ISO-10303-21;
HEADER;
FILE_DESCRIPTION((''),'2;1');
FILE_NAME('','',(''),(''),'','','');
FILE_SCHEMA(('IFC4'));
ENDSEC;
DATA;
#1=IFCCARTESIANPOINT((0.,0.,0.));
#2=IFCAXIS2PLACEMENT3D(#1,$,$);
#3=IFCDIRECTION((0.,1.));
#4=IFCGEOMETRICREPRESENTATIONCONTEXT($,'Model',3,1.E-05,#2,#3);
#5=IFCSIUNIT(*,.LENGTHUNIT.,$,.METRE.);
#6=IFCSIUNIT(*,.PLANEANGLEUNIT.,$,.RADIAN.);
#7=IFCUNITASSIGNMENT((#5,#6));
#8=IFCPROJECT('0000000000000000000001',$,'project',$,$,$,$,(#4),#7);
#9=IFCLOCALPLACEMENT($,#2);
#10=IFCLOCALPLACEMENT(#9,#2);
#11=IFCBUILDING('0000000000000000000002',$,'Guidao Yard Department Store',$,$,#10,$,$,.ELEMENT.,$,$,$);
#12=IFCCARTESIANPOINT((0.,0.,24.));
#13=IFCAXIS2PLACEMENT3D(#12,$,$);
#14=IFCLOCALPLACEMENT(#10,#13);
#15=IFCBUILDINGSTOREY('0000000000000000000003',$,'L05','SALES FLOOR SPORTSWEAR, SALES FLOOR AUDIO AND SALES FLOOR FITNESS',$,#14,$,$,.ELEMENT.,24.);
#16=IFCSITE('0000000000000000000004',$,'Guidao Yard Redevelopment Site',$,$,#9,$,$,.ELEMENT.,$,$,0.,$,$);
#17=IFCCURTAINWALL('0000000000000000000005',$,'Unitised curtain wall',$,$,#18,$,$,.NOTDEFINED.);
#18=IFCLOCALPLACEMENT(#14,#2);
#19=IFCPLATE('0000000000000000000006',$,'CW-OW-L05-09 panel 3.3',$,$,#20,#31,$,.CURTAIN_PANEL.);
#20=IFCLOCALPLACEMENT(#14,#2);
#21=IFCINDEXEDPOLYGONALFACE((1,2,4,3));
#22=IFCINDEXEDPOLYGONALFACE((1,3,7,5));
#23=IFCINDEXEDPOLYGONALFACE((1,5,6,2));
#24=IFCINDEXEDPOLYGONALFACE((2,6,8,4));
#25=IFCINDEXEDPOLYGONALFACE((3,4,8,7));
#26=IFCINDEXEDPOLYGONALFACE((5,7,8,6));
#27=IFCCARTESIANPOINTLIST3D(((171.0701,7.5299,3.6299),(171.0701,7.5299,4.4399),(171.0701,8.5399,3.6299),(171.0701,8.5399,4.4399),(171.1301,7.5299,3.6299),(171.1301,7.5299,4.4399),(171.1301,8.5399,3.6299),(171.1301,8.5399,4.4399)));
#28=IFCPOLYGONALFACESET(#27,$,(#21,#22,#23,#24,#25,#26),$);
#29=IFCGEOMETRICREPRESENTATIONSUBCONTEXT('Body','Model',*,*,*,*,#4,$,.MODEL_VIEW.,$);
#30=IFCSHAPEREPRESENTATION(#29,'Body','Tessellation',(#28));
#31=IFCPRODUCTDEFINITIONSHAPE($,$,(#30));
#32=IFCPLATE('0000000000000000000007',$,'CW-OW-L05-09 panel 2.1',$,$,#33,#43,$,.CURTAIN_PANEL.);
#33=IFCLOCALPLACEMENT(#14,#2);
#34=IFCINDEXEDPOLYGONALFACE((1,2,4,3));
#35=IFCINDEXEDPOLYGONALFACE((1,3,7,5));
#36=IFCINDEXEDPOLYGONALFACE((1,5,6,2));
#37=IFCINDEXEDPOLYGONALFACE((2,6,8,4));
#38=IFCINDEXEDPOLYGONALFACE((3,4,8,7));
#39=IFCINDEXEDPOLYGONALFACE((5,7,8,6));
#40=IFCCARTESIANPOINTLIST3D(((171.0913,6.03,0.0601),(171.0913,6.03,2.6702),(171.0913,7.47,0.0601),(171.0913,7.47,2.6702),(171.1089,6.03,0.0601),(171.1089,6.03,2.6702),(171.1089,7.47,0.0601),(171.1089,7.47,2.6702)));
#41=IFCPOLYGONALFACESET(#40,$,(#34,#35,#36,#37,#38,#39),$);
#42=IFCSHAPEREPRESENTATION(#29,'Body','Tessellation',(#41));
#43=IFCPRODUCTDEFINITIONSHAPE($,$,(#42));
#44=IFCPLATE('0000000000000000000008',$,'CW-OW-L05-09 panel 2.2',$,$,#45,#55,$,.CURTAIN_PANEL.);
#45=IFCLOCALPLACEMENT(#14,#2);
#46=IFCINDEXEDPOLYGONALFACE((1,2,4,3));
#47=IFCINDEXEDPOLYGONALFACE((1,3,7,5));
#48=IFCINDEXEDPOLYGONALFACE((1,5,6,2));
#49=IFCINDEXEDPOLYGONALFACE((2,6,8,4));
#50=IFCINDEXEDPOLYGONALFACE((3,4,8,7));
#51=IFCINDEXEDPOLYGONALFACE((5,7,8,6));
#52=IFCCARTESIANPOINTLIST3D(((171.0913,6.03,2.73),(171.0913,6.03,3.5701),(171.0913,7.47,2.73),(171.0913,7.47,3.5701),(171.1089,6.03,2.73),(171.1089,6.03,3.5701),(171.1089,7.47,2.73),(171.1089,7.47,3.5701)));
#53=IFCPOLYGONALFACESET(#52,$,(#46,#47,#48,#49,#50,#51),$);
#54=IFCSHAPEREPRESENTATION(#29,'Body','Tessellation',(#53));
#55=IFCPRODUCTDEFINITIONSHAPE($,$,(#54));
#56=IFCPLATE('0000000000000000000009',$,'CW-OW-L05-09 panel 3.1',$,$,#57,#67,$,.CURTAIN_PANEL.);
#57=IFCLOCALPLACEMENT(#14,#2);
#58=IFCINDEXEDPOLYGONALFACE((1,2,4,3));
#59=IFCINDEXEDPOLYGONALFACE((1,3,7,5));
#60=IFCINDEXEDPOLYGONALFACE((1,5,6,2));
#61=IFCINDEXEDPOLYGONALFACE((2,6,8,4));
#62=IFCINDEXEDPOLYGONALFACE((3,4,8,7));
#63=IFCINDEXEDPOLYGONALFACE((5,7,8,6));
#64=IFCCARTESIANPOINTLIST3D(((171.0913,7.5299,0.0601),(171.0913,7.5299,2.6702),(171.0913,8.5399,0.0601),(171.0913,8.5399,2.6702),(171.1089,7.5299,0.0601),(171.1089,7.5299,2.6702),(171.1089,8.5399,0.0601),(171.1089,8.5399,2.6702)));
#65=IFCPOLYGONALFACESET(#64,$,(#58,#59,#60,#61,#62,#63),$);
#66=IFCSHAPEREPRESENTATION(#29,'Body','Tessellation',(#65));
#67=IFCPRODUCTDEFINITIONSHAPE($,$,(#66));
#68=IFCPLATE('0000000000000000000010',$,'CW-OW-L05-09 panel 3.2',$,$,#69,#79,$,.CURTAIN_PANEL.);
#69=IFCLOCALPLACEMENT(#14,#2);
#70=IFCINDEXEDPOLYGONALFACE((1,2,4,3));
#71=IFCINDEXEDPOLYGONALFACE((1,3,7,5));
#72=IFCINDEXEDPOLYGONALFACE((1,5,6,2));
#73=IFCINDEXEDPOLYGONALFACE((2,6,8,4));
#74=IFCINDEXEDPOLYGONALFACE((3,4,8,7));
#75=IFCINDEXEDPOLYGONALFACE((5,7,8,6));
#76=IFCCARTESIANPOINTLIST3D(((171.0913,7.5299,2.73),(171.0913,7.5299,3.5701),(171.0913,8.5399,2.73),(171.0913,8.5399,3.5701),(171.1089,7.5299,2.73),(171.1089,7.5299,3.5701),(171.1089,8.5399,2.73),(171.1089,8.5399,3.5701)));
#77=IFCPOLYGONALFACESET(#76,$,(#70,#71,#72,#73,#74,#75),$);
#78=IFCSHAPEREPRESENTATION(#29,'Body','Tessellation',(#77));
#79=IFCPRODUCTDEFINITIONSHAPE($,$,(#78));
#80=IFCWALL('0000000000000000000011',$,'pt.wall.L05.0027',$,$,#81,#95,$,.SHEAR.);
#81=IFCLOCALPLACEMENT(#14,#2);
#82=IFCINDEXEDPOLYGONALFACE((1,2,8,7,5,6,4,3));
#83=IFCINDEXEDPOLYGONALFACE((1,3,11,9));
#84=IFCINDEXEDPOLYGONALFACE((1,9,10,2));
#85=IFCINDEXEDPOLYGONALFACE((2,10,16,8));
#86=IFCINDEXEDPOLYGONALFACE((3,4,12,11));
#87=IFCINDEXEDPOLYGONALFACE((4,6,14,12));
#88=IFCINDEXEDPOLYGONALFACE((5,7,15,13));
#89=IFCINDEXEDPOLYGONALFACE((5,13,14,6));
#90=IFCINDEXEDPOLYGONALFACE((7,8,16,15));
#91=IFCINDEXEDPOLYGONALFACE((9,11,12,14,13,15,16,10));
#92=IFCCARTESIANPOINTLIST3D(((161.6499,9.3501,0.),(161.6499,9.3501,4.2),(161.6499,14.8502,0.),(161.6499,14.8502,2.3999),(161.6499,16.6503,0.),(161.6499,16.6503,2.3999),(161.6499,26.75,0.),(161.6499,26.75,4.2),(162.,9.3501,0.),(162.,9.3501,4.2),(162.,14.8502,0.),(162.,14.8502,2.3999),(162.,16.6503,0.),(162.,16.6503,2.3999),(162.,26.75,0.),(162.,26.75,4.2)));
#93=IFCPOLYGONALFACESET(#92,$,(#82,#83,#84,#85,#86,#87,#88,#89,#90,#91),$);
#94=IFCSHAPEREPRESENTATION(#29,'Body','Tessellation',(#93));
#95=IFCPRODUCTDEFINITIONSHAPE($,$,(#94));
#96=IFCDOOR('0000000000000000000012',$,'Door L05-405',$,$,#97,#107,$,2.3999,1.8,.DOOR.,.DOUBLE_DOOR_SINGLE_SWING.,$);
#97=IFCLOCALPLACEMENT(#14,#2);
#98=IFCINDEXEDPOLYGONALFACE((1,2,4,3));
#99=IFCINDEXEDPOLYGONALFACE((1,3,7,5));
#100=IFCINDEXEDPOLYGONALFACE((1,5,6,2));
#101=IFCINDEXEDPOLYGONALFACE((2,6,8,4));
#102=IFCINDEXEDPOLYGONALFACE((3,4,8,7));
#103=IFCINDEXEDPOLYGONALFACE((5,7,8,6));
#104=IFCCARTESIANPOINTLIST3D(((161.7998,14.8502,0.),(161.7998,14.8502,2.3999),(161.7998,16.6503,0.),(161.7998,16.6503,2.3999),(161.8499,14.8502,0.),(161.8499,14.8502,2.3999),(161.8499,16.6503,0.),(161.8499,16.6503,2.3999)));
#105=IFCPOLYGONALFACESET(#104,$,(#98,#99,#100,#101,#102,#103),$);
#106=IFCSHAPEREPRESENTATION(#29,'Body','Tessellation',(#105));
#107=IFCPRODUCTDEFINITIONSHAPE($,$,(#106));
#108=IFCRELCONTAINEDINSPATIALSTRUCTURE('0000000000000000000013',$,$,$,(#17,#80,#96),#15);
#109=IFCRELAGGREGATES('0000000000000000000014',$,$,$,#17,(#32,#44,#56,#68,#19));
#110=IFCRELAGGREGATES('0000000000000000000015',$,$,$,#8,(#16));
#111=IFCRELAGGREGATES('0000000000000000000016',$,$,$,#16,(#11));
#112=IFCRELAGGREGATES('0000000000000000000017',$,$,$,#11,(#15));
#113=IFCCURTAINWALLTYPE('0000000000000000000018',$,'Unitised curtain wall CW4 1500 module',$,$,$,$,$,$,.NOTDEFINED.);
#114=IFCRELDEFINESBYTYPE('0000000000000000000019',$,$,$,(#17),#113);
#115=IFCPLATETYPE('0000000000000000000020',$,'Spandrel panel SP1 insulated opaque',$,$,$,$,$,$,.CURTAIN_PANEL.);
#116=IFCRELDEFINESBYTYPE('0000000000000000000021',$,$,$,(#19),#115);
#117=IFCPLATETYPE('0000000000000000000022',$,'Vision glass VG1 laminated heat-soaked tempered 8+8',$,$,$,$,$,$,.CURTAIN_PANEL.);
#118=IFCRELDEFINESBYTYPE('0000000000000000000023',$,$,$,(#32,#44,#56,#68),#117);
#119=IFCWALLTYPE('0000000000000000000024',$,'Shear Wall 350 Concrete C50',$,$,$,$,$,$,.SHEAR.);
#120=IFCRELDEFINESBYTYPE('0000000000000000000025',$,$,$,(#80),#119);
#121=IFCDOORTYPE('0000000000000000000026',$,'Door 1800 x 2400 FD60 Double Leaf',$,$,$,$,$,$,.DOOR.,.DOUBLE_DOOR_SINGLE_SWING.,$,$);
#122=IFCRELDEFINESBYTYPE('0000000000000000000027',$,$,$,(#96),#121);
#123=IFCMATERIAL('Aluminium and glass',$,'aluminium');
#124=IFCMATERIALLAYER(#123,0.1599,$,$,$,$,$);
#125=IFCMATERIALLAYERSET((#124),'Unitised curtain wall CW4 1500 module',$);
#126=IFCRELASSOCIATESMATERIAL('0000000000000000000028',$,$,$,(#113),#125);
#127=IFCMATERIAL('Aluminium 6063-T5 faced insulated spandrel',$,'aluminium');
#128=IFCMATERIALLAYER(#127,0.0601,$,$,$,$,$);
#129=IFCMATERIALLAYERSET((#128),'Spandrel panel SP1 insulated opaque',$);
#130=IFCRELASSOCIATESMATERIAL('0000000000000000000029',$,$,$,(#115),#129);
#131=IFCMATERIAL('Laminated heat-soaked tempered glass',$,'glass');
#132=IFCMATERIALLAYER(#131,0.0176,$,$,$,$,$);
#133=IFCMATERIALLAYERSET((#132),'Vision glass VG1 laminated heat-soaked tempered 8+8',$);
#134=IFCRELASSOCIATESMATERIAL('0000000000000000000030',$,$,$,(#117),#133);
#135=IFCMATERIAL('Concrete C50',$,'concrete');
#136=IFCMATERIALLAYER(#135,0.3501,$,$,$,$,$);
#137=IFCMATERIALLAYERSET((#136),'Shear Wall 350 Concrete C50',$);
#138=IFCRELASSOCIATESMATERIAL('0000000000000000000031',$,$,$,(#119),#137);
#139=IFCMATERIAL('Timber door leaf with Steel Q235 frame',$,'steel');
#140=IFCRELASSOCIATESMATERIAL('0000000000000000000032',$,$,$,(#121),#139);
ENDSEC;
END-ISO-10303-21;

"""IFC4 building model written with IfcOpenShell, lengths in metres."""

from ifc_helpers import new_model, si_unit, direction, frame, frame_2d, origin, origin_2d, place, context, subcontext, project, spatial, rectangle, extrude, material, layer, layer_set, type_object, element, fill, aggregate, save


model = new_model("IFC4")

# Units and contexts
model_context = context("Model", 3, precision=1e-05, world=origin(), true_north=direction((0.0, 1.0)))
body_context = subcontext(model_context, "Body", "Model", "MODEL_VIEW")
ifc_project = project(units=[si_unit("LENGTHUNIT", "METRE"), si_unit("PLANEANGLEUNIT", "RADIAN")], contexts=[model_context])

# Site, building, storey
site_placement = place(None, origin())
site = spatial("IfcSite", under=ifc_project, at=site_placement, Name="Guidao Yard Redevelopment Site", CompositionType="ELEMENT", RefElevation=0.0)
building_placement = place(site_placement, origin())
building = spatial("IfcBuilding", under=site, at=building_placement, Name="Guidao Yard Department Store", CompositionType="ELEMENT")
storey_placement = place(building_placement, frame((0.0, 0.0, 24.0)))
storey = spatial("IfcBuildingStorey", under=building, at=storey_placement, Name="L05", Description="SALES FLOOR SPORTSWEAR, SALES FLOOR AUDIO AND SALES FLOOR FITNESS", CompositionType="ELEMENT", Elevation=24.0)

# Curtain wall
ifc_material_1 = material(Name="Aluminium and glass", Category="aluminium")
ifc_layer_1 = layer(ifc_material_1, 0.1599)
ifc_layer_set_1 = layer_set([ifc_layer_1], Name="Unitised curtain wall CW4 1500 module")
curtain_wall_type = type_object("IfcCurtainWallType", Name="Unitised curtain wall CW4 1500 module", PredefinedType="NOTDEFINED", material=ifc_layer_set_1)
curtain_wall_placement = place(storey_placement, origin())
curtain_wall = element("IfcCurtainWall", 1, at=curtain_wall_placement, inside=storey, type_object=curtain_wall_type, Name="Unitised curtain wall", PredefinedType="NOTDEFINED")

# Plates
ifc_material_2 = material(Name="Aluminium 6063-T5 faced insulated spandrel", Category="aluminium")
ifc_layer_2 = layer(ifc_material_2, 0.0601)
ifc_layer_set_2 = layer_set([ifc_layer_2], Name="Spandrel panel SP1 insulated opaque")
plate_type_1 = type_object("IfcPlateType", Name="Spandrel panel SP1 insulated opaque", PredefinedType="CURTAIN_PANEL", material=ifc_layer_set_2)
plate_1_placement = place(storey_placement, frame((171.1001, 8.0349, 3.6299), z_axis=(0.0, 0.0, 1.0), x_axis=(0.0, -1.0, 0.0)))
plate_1 = element("IfcPlate", 2, at=plate_1_placement, type_object=plate_type_1, Name="CW-OW-L05-09 panel 3.3", PredefinedType="CURTAIN_PANEL", context=body_context, shape_type="SweptSolid", body=[
    extrude(rectangle(XDim=1.01, YDim=0.0601, at=origin_2d()), origin(), (0.0, 0.0, 1.0), 0.8101),
])
ifc_material_3 = material(Name="Laminated heat-soaked tempered glass", Category="glass")
ifc_layer_3 = layer(ifc_material_3, 0.0176)
ifc_layer_set_3 = layer_set([ifc_layer_3], Name="Vision glass VG1 laminated heat-soaked tempered 8+8")
plate_type_2 = type_object("IfcPlateType", Name="Vision glass VG1 laminated heat-soaked tempered 8+8", PredefinedType="CURTAIN_PANEL", material=ifc_layer_set_3)
plate_2_placement = place(storey_placement, frame((171.1001, 6.75, 0.0601), z_axis=(0.0, 0.0, 1.0), x_axis=(0.0, -1.0, 0.0)))
plate_2 = element("IfcPlate", 3, at=plate_2_placement, type_object=plate_type_2, Name="CW-OW-L05-09 panel 2.1", PredefinedType="CURTAIN_PANEL", context=body_context, shape_type="SweptSolid", body=[
    extrude(rectangle(XDim=1.4399, YDim=0.0176, at=origin_2d()), origin(), (0.0, 0.0, 1.0), 2.6101),
])
plate_3_placement = place(storey_placement, frame((171.1001, 6.75, 2.73), z_axis=(0.0, 0.0, 1.0), x_axis=(0.0, -1.0, 0.0)))
plate_3 = element("IfcPlate", 4, at=plate_3_placement, type_object=plate_type_2, Name="CW-OW-L05-09 panel 2.2", PredefinedType="CURTAIN_PANEL", context=body_context, shape_type="SweptSolid", body=[
    extrude(rectangle(XDim=1.4399, YDim=0.0176, at=origin_2d()), origin(), (0.0, 0.0, 1.0), 0.8401),
])
plate_4_placement = place(storey_placement, frame((171.1001, 8.0349, 0.0601), z_axis=(0.0, 0.0, 1.0), x_axis=(0.0, -1.0, 0.0)))
plate_4 = element("IfcPlate", 5, at=plate_4_placement, type_object=plate_type_2, Name="CW-OW-L05-09 panel 3.1", PredefinedType="CURTAIN_PANEL", context=body_context, shape_type="SweptSolid", body=[
    extrude(rectangle(XDim=1.01, YDim=0.0176, at=origin_2d()), origin(), (0.0, 0.0, 1.0), 2.6101),
])
plate_5_placement = place(storey_placement, frame((171.1001, 8.0349, 2.73), z_axis=(0.0, 0.0, 1.0), x_axis=(0.0, -1.0, 0.0)))
plate_5 = element("IfcPlate", 6, at=plate_5_placement, type_object=plate_type_2, Name="CW-OW-L05-09 panel 3.2", PredefinedType="CURTAIN_PANEL", context=body_context, shape_type="SweptSolid", body=[
    extrude(rectangle(XDim=1.01, YDim=0.0176, at=origin_2d()), origin(), (0.0, 0.0, 1.0), 0.8401),
])
aggregate(curtain_wall, [plate_2, plate_3, plate_4, plate_5, plate_1])

# Wall, opening, door
ifc_material_4 = material(Name="Concrete C50", Category="concrete")
ifc_layer_4 = layer(ifc_material_4, 0.3501)
ifc_layer_set_4 = layer_set([ifc_layer_4], Name="Shear Wall 350 Concrete C50")
wall_type = type_object("IfcWallType", Name="Shear Wall 350 Concrete C50", PredefinedType="SHEAR", material=ifc_layer_set_4)
wall_placement = place(storey_placement, frame((161.825, 9.3501, 0.0), z_axis=(0.0, 0.0, 1.0), x_axis=(0.0, 1.0, 0.0)))
wall = element("IfcWall", 7, at=wall_placement, inside=storey, type_object=wall_type, Name="pt.wall.L05.0027", PredefinedType="SHEAR", context=body_context, shape_type="SweptSolid", body=[
    extrude(rectangle(XDim=17.3999, YDim=0.3501, at=frame_2d((8.7, 0.0))), origin(), (0.0, 0.0, 1.0), 4.2),
])
opening_placement = place(wall_placement, frame((7.3, 0.0, 0.0), z_axis=(0.0, 0.0, 1.0), x_axis=(-1.0, 0.0, 0.0)))
opening = element("IfcOpeningElement", 8, at=opening_placement, cuts=wall, PredefinedType="OPENING", context=body_context, shape_type="SweptSolid", body=[
    extrude(rectangle(XDim=1.8, YDim=2.3999, at=frame_2d((0.8999, 1.2))), frame((0.0, 0.1851, 0.0), z_axis=(0.0, -1.0, 0.0), x_axis=(1.0, 0.0, 0.0)), (0.0, 0.0, 1.0), 0.3701),
])
ifc_material_5 = material(Name="Timber door leaf with Steel Q235 frame", Category="steel")
door_type = type_object("IfcDoorType", Name="Door 1800 x 2400 FD60 Double Leaf", OperationType="DOUBLE_DOOR_SINGLE_SWING", PredefinedType="DOOR", material=ifc_material_5)
door_placement = place(opening_placement, origin())
door = element("IfcDoor", 9, at=door_placement, inside=storey, type_object=door_type, Name="Door L05-405", OperationType="DOUBLE_DOOR_SINGLE_SWING", OverallHeight=2.3999, OverallWidth=1.8, PredefinedType="DOOR", context=body_context, shape_type="SweptSolid", body=[
    extrude(rectangle(XDim=1.8, YDim=2.3999, at=frame_2d((0.8999, 1.2))), frame((0.0, 0.0249, 0.0), z_axis=(0.0, -1.0, 0.0), x_axis=(1.0, 0.0, 0.0)), (0.0, 0.0, 1.0), 0.05),
])
fill(opening, door)

save(model, "model.ifc")
